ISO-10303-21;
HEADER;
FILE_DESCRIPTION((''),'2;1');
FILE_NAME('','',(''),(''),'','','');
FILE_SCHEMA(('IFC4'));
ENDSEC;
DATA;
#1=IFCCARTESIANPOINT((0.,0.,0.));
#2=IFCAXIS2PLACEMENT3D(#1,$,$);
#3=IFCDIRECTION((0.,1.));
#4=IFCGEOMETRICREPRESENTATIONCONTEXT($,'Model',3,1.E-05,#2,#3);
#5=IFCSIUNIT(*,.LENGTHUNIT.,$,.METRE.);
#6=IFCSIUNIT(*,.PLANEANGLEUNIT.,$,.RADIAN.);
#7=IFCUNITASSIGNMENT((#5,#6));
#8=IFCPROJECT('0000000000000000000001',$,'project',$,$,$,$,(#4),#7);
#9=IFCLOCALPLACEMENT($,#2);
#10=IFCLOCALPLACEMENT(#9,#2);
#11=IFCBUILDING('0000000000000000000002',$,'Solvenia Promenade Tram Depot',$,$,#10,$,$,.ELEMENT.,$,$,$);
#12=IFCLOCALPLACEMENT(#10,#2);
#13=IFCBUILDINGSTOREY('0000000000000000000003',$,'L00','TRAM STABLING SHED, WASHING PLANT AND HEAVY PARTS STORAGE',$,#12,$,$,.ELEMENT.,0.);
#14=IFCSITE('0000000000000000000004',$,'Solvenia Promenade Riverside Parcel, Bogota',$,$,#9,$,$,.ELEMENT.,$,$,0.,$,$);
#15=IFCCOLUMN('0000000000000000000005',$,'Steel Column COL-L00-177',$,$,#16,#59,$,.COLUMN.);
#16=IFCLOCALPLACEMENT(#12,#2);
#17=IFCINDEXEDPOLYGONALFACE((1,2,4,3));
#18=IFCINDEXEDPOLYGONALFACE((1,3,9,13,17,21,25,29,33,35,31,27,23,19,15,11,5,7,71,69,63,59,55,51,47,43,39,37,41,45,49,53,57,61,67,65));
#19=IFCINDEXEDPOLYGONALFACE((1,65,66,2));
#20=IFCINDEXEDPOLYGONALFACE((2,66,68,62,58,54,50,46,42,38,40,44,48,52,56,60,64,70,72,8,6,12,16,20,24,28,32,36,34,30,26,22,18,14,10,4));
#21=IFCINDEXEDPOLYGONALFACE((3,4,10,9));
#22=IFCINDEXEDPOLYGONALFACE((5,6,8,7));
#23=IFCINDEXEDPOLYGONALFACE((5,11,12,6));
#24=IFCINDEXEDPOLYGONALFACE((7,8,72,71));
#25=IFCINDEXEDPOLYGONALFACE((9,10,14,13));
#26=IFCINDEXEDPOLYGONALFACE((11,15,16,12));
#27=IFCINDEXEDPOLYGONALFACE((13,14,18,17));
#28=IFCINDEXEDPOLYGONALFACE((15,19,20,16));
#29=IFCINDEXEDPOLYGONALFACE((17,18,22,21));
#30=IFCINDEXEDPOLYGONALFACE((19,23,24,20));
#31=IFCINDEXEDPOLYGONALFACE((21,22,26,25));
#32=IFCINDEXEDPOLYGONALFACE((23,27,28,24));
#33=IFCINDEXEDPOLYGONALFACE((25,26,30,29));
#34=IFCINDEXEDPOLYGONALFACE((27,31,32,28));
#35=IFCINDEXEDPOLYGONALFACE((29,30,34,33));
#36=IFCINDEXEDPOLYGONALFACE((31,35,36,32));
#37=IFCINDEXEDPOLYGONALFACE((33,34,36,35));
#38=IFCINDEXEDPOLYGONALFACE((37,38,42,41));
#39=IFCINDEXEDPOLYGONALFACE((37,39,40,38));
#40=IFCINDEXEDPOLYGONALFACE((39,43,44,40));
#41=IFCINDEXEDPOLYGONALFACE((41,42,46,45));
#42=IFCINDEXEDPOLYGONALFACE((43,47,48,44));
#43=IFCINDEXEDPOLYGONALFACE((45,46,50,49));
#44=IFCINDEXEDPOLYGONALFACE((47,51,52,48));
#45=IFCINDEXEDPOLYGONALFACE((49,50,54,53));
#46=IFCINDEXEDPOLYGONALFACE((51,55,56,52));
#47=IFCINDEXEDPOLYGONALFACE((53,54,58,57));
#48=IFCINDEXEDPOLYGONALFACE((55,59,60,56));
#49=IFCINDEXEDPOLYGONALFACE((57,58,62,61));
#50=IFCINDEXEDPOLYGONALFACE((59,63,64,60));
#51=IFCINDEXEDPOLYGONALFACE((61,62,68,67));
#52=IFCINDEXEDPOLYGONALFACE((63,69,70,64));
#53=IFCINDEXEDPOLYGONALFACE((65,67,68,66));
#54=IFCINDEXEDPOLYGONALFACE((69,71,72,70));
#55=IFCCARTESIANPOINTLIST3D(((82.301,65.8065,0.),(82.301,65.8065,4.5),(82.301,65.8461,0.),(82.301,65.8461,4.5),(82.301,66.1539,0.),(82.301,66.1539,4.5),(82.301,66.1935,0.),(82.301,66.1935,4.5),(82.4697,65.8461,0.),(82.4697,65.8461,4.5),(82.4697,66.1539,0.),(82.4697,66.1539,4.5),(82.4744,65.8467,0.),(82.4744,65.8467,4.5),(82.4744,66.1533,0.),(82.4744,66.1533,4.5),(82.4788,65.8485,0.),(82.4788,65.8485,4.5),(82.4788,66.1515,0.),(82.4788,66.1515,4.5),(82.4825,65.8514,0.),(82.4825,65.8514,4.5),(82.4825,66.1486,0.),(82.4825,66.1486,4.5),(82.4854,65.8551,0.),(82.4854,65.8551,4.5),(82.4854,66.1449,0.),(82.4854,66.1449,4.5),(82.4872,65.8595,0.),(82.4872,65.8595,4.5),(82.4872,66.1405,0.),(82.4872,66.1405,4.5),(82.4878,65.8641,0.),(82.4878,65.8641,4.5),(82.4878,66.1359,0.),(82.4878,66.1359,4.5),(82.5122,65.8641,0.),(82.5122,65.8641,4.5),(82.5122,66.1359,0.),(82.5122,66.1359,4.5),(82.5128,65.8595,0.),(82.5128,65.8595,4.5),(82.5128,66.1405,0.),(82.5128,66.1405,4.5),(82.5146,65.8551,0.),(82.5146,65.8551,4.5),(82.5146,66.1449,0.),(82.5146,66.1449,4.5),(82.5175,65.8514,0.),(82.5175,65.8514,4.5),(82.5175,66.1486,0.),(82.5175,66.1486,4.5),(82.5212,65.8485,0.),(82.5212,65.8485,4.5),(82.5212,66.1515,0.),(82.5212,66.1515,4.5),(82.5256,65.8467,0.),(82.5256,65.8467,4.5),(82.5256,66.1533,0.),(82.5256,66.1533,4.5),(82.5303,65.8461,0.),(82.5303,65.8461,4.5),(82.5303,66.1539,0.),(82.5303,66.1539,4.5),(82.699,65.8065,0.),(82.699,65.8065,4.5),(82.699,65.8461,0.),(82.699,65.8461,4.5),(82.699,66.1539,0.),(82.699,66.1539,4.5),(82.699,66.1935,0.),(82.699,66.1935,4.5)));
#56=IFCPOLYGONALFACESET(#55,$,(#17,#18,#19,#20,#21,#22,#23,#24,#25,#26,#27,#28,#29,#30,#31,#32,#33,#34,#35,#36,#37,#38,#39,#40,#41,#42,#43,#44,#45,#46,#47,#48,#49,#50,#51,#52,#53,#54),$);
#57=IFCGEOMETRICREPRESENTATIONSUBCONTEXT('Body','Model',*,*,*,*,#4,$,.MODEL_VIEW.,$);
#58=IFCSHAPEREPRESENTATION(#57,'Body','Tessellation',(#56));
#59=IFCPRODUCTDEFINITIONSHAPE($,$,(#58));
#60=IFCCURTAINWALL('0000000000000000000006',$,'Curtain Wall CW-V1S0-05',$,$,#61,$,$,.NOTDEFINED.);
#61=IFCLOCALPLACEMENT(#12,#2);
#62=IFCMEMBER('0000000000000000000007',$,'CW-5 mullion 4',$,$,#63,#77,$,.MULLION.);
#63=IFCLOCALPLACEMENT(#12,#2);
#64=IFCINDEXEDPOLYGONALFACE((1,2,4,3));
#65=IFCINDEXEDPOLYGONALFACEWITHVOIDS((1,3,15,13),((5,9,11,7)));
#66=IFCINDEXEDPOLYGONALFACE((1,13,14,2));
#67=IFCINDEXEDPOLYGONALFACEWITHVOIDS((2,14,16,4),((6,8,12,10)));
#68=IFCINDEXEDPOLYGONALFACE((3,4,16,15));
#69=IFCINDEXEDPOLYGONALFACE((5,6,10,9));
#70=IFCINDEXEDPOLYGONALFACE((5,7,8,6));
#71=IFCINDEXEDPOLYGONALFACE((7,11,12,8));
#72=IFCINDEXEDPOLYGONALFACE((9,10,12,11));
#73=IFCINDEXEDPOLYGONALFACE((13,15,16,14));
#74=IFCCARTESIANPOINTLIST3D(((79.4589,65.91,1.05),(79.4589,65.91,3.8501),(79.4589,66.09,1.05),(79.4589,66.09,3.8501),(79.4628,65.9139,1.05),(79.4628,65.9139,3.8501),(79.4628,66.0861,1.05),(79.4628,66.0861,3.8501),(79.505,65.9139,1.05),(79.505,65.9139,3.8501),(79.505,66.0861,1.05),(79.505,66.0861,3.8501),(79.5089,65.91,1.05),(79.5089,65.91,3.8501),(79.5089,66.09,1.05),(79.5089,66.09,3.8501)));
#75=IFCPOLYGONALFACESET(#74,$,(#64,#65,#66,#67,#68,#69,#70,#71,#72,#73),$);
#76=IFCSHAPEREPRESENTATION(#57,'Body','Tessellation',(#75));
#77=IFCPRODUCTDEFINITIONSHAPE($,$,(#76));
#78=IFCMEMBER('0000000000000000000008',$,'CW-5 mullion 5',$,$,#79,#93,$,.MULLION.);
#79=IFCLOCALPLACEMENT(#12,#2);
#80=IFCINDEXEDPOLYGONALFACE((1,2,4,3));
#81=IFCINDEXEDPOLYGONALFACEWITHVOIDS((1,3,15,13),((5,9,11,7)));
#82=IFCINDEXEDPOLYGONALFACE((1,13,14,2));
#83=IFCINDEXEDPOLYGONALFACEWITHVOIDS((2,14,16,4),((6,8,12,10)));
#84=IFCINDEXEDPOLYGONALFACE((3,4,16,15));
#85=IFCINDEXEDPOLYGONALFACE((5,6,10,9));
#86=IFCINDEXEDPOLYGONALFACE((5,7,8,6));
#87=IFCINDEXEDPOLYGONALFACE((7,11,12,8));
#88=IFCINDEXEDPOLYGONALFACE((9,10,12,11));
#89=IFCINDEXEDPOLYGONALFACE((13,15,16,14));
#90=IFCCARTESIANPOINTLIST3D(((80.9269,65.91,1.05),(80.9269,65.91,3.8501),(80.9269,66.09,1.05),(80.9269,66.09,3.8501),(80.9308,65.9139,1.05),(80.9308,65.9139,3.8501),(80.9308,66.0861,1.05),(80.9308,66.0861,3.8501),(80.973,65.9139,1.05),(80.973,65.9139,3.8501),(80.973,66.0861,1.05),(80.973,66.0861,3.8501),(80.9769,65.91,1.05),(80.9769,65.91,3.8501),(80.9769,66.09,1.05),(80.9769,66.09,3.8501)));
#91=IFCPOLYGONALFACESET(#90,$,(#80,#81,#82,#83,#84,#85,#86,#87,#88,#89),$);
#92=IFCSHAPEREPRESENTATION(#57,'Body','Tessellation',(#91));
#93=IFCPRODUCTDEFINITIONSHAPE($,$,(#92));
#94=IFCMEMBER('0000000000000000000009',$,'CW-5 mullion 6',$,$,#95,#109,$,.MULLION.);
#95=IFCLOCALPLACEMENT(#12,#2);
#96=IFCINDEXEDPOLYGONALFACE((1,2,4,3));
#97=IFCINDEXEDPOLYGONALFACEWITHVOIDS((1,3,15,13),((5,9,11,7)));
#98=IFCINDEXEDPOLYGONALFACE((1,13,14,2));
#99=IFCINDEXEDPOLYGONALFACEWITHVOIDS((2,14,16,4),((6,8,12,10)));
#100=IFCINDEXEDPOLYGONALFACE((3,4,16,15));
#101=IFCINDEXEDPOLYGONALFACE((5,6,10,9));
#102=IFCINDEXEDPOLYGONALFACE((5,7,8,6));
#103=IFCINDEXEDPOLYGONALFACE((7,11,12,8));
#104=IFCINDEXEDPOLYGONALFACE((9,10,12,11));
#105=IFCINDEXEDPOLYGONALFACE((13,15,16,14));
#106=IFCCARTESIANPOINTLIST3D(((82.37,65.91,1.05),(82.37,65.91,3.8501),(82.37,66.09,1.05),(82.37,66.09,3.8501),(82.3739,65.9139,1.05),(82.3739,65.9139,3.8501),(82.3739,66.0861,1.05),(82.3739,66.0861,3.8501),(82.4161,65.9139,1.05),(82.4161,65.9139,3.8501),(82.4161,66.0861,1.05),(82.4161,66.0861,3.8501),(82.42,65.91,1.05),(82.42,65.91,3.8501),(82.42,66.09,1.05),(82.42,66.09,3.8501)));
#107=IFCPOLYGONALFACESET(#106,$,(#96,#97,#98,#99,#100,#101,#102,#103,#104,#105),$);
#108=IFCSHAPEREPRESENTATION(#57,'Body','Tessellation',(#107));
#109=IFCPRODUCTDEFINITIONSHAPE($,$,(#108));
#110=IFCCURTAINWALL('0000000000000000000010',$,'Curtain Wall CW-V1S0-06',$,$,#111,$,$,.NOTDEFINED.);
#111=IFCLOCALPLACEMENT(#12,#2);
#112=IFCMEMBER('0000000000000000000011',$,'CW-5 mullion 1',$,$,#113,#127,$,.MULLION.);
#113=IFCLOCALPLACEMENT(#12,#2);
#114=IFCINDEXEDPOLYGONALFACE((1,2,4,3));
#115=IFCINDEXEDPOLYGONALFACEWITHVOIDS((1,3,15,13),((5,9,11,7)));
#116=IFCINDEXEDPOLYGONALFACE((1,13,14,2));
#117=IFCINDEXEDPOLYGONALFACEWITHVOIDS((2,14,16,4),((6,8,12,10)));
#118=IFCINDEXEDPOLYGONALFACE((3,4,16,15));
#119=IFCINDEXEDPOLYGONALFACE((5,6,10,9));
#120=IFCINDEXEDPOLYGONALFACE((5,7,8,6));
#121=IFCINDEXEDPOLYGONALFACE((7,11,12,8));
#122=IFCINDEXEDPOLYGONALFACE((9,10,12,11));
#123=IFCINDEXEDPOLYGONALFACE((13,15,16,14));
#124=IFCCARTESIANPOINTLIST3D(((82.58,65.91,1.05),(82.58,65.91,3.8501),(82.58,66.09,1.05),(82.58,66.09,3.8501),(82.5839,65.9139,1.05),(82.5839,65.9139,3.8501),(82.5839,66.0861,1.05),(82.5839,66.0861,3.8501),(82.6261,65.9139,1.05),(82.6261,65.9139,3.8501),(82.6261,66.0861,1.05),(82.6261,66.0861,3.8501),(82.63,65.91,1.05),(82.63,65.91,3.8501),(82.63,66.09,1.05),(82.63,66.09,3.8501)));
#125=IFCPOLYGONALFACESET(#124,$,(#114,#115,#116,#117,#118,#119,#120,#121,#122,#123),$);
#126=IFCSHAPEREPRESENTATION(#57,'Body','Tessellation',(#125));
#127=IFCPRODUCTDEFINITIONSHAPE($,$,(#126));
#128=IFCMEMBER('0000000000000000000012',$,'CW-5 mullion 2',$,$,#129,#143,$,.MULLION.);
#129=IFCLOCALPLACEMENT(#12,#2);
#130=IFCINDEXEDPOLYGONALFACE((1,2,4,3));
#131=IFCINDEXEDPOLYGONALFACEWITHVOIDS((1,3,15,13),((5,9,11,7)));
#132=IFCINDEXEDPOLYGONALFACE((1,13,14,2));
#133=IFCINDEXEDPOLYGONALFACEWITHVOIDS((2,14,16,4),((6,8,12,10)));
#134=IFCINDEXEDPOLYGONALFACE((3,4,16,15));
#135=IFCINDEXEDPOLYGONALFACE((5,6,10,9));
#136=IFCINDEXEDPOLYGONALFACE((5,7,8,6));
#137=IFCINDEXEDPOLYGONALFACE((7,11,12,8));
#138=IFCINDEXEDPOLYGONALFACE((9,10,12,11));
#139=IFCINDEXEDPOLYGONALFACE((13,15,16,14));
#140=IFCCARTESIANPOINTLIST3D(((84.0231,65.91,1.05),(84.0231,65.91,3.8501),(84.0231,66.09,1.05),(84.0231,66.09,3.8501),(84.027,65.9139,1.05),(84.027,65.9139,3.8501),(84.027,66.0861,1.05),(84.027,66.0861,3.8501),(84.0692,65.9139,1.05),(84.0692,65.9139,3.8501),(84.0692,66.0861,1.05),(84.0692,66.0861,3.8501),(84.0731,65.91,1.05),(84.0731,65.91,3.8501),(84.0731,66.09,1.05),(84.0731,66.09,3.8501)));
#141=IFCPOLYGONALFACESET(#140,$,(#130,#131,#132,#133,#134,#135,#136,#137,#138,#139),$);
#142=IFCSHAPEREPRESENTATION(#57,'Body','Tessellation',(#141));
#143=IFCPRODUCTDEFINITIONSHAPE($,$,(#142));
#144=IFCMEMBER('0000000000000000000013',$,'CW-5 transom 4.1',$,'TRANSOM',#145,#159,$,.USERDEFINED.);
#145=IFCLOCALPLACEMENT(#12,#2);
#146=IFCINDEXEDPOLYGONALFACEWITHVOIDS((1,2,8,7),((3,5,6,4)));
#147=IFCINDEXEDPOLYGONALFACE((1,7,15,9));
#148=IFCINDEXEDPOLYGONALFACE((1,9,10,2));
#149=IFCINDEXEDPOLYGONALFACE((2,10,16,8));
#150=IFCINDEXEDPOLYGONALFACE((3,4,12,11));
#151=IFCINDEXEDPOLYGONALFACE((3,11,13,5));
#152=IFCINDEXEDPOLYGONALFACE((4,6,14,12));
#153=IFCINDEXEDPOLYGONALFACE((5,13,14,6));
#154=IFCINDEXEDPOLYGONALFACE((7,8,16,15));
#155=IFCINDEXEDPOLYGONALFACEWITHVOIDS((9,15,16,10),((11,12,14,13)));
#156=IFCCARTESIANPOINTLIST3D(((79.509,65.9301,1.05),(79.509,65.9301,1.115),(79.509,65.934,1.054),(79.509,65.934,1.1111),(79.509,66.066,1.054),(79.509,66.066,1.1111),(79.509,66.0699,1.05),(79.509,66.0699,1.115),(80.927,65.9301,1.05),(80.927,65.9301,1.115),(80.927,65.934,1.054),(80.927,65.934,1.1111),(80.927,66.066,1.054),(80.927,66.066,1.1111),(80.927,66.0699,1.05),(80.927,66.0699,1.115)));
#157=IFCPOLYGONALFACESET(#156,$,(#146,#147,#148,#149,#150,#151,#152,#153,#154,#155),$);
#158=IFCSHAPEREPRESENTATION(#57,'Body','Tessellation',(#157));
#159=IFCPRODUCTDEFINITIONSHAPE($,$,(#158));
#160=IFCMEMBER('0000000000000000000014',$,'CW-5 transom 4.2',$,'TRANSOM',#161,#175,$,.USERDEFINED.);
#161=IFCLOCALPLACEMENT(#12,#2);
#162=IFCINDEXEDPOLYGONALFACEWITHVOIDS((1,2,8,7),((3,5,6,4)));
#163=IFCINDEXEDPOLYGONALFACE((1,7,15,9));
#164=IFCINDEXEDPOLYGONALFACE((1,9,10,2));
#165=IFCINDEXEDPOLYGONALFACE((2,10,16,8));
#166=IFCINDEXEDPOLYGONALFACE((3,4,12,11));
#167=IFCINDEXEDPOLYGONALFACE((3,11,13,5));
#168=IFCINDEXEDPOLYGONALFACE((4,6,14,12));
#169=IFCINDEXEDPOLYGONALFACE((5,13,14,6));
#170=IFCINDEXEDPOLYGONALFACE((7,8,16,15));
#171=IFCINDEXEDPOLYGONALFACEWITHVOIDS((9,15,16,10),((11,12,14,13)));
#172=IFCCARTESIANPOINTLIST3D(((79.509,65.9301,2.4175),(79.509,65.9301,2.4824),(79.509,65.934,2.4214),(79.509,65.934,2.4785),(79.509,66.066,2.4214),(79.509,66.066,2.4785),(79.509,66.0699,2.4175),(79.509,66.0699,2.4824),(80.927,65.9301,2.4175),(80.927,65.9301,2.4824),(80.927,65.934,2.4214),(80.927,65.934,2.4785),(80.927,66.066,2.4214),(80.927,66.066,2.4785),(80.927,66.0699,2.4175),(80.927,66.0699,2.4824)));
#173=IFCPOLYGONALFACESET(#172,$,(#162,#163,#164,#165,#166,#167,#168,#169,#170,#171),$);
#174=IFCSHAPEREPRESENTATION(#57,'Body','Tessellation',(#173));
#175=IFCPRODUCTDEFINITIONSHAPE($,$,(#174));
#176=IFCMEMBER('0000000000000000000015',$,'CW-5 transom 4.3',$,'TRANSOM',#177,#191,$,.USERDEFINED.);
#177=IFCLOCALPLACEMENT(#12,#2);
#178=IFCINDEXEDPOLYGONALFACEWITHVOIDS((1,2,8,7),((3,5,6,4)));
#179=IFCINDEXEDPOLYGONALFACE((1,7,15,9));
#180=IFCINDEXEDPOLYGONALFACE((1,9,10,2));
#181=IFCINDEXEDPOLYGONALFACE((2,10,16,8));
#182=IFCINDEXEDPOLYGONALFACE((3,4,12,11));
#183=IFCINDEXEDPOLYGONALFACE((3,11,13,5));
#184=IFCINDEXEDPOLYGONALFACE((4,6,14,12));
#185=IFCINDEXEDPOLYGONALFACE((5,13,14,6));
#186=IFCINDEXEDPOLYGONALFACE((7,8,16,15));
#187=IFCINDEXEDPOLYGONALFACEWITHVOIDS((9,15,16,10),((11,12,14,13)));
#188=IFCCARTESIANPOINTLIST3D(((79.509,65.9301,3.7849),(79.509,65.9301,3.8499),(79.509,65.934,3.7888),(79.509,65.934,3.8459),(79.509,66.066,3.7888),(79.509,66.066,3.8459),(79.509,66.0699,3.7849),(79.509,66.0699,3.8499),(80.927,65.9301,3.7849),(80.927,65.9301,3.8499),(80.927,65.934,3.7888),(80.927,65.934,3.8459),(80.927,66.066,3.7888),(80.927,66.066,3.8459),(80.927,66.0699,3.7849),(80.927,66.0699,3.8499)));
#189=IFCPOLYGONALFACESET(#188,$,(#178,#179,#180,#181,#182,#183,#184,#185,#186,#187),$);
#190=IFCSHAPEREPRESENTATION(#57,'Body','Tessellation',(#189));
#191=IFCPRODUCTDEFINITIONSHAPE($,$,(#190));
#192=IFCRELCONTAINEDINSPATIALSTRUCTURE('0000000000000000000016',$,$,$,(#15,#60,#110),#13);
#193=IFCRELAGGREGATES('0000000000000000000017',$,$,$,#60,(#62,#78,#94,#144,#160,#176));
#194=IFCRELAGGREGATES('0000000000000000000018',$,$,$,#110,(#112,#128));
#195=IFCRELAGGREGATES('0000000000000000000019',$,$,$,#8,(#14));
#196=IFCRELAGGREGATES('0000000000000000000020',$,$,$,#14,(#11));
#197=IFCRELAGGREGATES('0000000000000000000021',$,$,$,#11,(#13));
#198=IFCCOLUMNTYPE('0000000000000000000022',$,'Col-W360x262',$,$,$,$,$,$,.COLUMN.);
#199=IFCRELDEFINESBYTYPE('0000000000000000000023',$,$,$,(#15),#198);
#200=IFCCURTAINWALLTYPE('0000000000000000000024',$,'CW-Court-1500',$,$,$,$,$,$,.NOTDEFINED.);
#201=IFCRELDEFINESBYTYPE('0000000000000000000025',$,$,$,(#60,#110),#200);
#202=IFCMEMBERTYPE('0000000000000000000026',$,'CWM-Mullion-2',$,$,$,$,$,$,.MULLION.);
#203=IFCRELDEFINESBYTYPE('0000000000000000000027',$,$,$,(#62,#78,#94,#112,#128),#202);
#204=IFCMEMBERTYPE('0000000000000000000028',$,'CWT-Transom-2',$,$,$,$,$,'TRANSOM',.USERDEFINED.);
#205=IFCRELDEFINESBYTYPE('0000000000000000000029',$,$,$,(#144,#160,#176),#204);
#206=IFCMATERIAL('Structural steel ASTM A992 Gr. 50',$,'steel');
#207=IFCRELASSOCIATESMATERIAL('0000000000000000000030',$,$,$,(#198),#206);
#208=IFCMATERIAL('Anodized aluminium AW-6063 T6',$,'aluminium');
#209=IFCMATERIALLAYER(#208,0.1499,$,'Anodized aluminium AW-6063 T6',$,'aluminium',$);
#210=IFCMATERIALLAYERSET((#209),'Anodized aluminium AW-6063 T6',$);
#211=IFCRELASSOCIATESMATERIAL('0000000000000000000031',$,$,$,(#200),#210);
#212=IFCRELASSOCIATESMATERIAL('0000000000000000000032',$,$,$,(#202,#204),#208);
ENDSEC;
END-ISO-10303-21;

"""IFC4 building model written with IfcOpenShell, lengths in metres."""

from ifc_helpers import new_model, si_unit, direction, frame, origin, origin_2d, place, context, subcontext, project, spatial, hollow_rectangle, i_section, extrude, material, layer, layer_set, material_profile, profile_set, type_object, element, aggregate, save


model = new_model("IFC4")

# Units and contexts
model_context = context("Model", 3, precision=1e-05, world=origin(), true_north=direction((0.0, 1.0)))
body_context = subcontext(model_context, "Body", "Model", "MODEL_VIEW")
ifc_project = project(units=[si_unit("LENGTHUNIT", "METRE"), si_unit("PLANEANGLEUNIT", "RADIAN")], contexts=[model_context])

# Site, building, storey
site_placement = place(None, origin())
site = spatial("IfcSite", under=ifc_project, at=site_placement, Name="Solvenia Promenade Riverside Parcel, Bogota", CompositionType="ELEMENT", RefElevation=0.0)
building_placement = place(site_placement, origin())
building = spatial("IfcBuilding", under=site, at=building_placement, Name="Solvenia Promenade Tram Depot", CompositionType="ELEMENT")
storey_placement = place(building_placement, origin())
storey = spatial("IfcBuildingStorey", under=building, at=storey_placement, Name="L00", Description="TRAM STABLING SHED, WASHING PLANT AND HEAVY PARTS STORAGE", CompositionType="ELEMENT", Elevation=0.0)

# Column
ifc_material_1 = material(Name="Structural steel ASTM A992 Gr. 50", Category="steel")
ifc_material_profile_1 = material_profile(ifc_material_1, i_section(OverallWidth=0.3979, OverallDepth=0.387, WebThickness=0.0244, FlangeThickness=0.0396, FilletRadius=0.0181, at=origin_2d()), Name="W360x262", Category="steel")
ifc_profile_set_1 = profile_set([ifc_material_profile_1], Name="Structural steel ASTM A992 Gr. 50")
column_type = type_object("IfcColumnType", Name="Col-W360x262", PredefinedType="COLUMN", material=ifc_profile_set_1)
column_placement = place(storey_placement, frame((82.5, 66.0, 0.0), z_axis=(0.0, 0.0, 1.0), x_axis=(1.0, 0.0, 0.0)))
element("IfcColumn", 1, at=column_placement, inside=storey, type_object=column_type, Name="Steel Column COL-L00-177", PredefinedType="COLUMN", context=body_context, shape_type="SweptSolid", body=[
    extrude(i_section(OverallWidth=0.3979, OverallDepth=0.387, WebThickness=0.0244, FlangeThickness=0.0396, FilletRadius=0.0181, at=origin_2d()), origin(), (0.0, 0.0, 1.0), 4.5),
])

# Curtain walls, members
ifc_material_2 = material(Name="Anodized aluminium AW-6063 T6", Category="aluminium")
ifc_layer_1 = layer(ifc_material_2, 0.1499, Name="Anodized aluminium AW-6063 T6", Category="aluminium")
ifc_layer_set_1 = layer_set([ifc_layer_1], Name="Anodized aluminium AW-6063 T6")
curtain_wall_type = type_object("IfcCurtainWallType", Name="CW-Court-1500", PredefinedType="NOTDEFINED", material=ifc_layer_set_1)
curtain_wall_1_placement = place(storey_placement, origin())
curtain_wall_1 = element("IfcCurtainWall", 2, at=curtain_wall_1_placement, inside=storey, type_object=curtain_wall_type, Name="Curtain Wall CW-V1S0-05", PredefinedType="NOTDEFINED")
ifc_material_profile_2 = material_profile(ifc_material_2, hollow_rectangle(XDim=0.1799, YDim=0.05, WallThickness=0.0039, at=origin_2d()), Name="ALU-M2", Category="aluminium")
ifc_profile_set_2 = profile_set([ifc_material_profile_2], Name="Anodized aluminium AW-6063 T6")
member_type_1 = type_object("IfcMemberType", Name="CWM-Mullion-2", PredefinedType="MULLION", material=ifc_profile_set_2)
member_1_placement = place(storey_placement, frame((79.4839, 66.0, 1.05), z_axis=(0.0, 0.0, 1.0), x_axis=(0.0, 1.0, 0.0)))
member_1 = element("IfcMember", 3, at=member_1_placement, type_object=member_type_1, Name="CW-5 mullion 4", PredefinedType="MULLION", context=body_context, shape_type="SweptSolid", body=[
    extrude(hollow_rectangle(XDim=0.1799, YDim=0.05, WallThickness=0.0039, at=origin_2d()), origin(), (0.0, 0.0, 1.0), 2.8),
])
member_2_placement = place(storey_placement, frame((80.9519, 66.0, 1.05), z_axis=(0.0, 0.0, 1.0), x_axis=(0.0, 1.0, 0.0)))
member_2 = element("IfcMember", 4, at=member_2_placement, type_object=member_type_1, Name="CW-5 mullion 5", PredefinedType="MULLION", context=body_context, shape_type="SweptSolid", body=[
    extrude(hollow_rectangle(XDim=0.1799, YDim=0.05, WallThickness=0.0039, at=origin_2d()), origin(), (0.0, 0.0, 1.0), 2.8),
])
member_3_placement = place(storey_placement, frame((82.395, 66.0, 1.05), z_axis=(0.0, 0.0, 1.0), x_axis=(0.0, 1.0, 0.0)))
member_3 = element("IfcMember", 5, at=member_3_placement, type_object=member_type_1, Name="CW-5 mullion 6", PredefinedType="MULLION", context=body_context, shape_type="SweptSolid", body=[
    extrude(hollow_rectangle(XDim=0.1799, YDim=0.05, WallThickness=0.0039, at=origin_2d()), origin(), (0.0, 0.0, 1.0), 2.8),
])
curtain_wall_2_placement = place(storey_placement, origin())
curtain_wall_2 = element("IfcCurtainWall", 6, at=curtain_wall_2_placement, inside=storey, type_object=curtain_wall_type, Name="Curtain Wall CW-V1S0-06", PredefinedType="NOTDEFINED")
member_4_placement = place(storey_placement, frame((82.605, 66.0, 1.05), z_axis=(0.0, 0.0, 1.0), x_axis=(0.0, 1.0, 0.0)))
member_4 = element("IfcMember", 7, at=member_4_placement, type_object=member_type_1, Name="CW-5 mullion 1", PredefinedType="MULLION", context=body_context, shape_type="SweptSolid", body=[
    extrude(hollow_rectangle(XDim=0.1799, YDim=0.05, WallThickness=0.0039, at=origin_2d()), origin(), (0.0, 0.0, 1.0), 2.8),
])
member_5_placement = place(storey_placement, frame((84.0481, 66.0, 1.05), z_axis=(0.0, 0.0, 1.0), x_axis=(0.0, 1.0, 0.0)))
member_5 = element("IfcMember", 8, at=member_5_placement, type_object=member_type_1, Name="CW-5 mullion 2", PredefinedType="MULLION", context=body_context, shape_type="SweptSolid", body=[
    extrude(hollow_rectangle(XDim=0.1799, YDim=0.05, WallThickness=0.0039, at=origin_2d()), origin(), (0.0, 0.0, 1.0), 2.8),
])

# Members
ifc_material_profile_3 = material_profile(ifc_material_2, hollow_rectangle(XDim=0.1399, YDim=0.0649, WallThickness=0.0039, at=origin_2d()), Name="ALU-T2", Category="aluminium")
ifc_profile_set_3 = profile_set([ifc_material_profile_3], Name="Anodized aluminium AW-6063 T6")
member_type_2 = type_object("IfcMemberType", Name="CWT-Transom-2", ElementType="TRANSOM", PredefinedType="USERDEFINED", material=ifc_profile_set_3)
member_6_placement = place(storey_placement, frame((79.509, 66.0, 1.0825), z_axis=(1.0, 0.0, 0.0), x_axis=(0.0, 1.0, 0.0)))
member_6 = element("IfcMember", 9, at=member_6_placement, type_object=member_type_2, Name="CW-5 transom 4.1", ObjectType="TRANSOM", PredefinedType="USERDEFINED", context=body_context, shape_type="SweptSolid", body=[
    extrude(hollow_rectangle(XDim=0.1399, YDim=0.0649, WallThickness=0.0039, at=origin_2d()), origin(), (0.0, 0.0, 1.0), 1.418),
])
member_7_placement = place(storey_placement, frame((79.509, 66.0, 2.45), z_axis=(1.0, 0.0, 0.0), x_axis=(0.0, 1.0, 0.0)))
member_7 = element("IfcMember", 10, at=member_7_placement, type_object=member_type_2, Name="CW-5 transom 4.2", ObjectType="TRANSOM", PredefinedType="USERDEFINED", context=body_context, shape_type="SweptSolid", body=[
    extrude(hollow_rectangle(XDim=0.1399, YDim=0.0649, WallThickness=0.0039, at=origin_2d()), origin(), (0.0, 0.0, 1.0), 1.418),
])
member_8_placement = place(storey_placement, frame((79.509, 66.0, 3.8174), z_axis=(1.0, 0.0, 0.0), x_axis=(0.0, 1.0, 0.0)))
member_8 = element("IfcMember", 11, at=member_8_placement, type_object=member_type_2, Name="CW-5 transom 4.3", ObjectType="TRANSOM", PredefinedType="USERDEFINED", context=body_context, shape_type="SweptSolid", body=[
    extrude(hollow_rectangle(XDim=0.1399, YDim=0.0649, WallThickness=0.0039, at=origin_2d()), origin(), (0.0, 0.0, 1.0), 1.418),
])

aggregate(curtain_wall_1, [member_1, member_2, member_3, member_6, member_7, member_8])
aggregate(curtain_wall_2, [member_4, member_5])

save(model, "model.ifc")
